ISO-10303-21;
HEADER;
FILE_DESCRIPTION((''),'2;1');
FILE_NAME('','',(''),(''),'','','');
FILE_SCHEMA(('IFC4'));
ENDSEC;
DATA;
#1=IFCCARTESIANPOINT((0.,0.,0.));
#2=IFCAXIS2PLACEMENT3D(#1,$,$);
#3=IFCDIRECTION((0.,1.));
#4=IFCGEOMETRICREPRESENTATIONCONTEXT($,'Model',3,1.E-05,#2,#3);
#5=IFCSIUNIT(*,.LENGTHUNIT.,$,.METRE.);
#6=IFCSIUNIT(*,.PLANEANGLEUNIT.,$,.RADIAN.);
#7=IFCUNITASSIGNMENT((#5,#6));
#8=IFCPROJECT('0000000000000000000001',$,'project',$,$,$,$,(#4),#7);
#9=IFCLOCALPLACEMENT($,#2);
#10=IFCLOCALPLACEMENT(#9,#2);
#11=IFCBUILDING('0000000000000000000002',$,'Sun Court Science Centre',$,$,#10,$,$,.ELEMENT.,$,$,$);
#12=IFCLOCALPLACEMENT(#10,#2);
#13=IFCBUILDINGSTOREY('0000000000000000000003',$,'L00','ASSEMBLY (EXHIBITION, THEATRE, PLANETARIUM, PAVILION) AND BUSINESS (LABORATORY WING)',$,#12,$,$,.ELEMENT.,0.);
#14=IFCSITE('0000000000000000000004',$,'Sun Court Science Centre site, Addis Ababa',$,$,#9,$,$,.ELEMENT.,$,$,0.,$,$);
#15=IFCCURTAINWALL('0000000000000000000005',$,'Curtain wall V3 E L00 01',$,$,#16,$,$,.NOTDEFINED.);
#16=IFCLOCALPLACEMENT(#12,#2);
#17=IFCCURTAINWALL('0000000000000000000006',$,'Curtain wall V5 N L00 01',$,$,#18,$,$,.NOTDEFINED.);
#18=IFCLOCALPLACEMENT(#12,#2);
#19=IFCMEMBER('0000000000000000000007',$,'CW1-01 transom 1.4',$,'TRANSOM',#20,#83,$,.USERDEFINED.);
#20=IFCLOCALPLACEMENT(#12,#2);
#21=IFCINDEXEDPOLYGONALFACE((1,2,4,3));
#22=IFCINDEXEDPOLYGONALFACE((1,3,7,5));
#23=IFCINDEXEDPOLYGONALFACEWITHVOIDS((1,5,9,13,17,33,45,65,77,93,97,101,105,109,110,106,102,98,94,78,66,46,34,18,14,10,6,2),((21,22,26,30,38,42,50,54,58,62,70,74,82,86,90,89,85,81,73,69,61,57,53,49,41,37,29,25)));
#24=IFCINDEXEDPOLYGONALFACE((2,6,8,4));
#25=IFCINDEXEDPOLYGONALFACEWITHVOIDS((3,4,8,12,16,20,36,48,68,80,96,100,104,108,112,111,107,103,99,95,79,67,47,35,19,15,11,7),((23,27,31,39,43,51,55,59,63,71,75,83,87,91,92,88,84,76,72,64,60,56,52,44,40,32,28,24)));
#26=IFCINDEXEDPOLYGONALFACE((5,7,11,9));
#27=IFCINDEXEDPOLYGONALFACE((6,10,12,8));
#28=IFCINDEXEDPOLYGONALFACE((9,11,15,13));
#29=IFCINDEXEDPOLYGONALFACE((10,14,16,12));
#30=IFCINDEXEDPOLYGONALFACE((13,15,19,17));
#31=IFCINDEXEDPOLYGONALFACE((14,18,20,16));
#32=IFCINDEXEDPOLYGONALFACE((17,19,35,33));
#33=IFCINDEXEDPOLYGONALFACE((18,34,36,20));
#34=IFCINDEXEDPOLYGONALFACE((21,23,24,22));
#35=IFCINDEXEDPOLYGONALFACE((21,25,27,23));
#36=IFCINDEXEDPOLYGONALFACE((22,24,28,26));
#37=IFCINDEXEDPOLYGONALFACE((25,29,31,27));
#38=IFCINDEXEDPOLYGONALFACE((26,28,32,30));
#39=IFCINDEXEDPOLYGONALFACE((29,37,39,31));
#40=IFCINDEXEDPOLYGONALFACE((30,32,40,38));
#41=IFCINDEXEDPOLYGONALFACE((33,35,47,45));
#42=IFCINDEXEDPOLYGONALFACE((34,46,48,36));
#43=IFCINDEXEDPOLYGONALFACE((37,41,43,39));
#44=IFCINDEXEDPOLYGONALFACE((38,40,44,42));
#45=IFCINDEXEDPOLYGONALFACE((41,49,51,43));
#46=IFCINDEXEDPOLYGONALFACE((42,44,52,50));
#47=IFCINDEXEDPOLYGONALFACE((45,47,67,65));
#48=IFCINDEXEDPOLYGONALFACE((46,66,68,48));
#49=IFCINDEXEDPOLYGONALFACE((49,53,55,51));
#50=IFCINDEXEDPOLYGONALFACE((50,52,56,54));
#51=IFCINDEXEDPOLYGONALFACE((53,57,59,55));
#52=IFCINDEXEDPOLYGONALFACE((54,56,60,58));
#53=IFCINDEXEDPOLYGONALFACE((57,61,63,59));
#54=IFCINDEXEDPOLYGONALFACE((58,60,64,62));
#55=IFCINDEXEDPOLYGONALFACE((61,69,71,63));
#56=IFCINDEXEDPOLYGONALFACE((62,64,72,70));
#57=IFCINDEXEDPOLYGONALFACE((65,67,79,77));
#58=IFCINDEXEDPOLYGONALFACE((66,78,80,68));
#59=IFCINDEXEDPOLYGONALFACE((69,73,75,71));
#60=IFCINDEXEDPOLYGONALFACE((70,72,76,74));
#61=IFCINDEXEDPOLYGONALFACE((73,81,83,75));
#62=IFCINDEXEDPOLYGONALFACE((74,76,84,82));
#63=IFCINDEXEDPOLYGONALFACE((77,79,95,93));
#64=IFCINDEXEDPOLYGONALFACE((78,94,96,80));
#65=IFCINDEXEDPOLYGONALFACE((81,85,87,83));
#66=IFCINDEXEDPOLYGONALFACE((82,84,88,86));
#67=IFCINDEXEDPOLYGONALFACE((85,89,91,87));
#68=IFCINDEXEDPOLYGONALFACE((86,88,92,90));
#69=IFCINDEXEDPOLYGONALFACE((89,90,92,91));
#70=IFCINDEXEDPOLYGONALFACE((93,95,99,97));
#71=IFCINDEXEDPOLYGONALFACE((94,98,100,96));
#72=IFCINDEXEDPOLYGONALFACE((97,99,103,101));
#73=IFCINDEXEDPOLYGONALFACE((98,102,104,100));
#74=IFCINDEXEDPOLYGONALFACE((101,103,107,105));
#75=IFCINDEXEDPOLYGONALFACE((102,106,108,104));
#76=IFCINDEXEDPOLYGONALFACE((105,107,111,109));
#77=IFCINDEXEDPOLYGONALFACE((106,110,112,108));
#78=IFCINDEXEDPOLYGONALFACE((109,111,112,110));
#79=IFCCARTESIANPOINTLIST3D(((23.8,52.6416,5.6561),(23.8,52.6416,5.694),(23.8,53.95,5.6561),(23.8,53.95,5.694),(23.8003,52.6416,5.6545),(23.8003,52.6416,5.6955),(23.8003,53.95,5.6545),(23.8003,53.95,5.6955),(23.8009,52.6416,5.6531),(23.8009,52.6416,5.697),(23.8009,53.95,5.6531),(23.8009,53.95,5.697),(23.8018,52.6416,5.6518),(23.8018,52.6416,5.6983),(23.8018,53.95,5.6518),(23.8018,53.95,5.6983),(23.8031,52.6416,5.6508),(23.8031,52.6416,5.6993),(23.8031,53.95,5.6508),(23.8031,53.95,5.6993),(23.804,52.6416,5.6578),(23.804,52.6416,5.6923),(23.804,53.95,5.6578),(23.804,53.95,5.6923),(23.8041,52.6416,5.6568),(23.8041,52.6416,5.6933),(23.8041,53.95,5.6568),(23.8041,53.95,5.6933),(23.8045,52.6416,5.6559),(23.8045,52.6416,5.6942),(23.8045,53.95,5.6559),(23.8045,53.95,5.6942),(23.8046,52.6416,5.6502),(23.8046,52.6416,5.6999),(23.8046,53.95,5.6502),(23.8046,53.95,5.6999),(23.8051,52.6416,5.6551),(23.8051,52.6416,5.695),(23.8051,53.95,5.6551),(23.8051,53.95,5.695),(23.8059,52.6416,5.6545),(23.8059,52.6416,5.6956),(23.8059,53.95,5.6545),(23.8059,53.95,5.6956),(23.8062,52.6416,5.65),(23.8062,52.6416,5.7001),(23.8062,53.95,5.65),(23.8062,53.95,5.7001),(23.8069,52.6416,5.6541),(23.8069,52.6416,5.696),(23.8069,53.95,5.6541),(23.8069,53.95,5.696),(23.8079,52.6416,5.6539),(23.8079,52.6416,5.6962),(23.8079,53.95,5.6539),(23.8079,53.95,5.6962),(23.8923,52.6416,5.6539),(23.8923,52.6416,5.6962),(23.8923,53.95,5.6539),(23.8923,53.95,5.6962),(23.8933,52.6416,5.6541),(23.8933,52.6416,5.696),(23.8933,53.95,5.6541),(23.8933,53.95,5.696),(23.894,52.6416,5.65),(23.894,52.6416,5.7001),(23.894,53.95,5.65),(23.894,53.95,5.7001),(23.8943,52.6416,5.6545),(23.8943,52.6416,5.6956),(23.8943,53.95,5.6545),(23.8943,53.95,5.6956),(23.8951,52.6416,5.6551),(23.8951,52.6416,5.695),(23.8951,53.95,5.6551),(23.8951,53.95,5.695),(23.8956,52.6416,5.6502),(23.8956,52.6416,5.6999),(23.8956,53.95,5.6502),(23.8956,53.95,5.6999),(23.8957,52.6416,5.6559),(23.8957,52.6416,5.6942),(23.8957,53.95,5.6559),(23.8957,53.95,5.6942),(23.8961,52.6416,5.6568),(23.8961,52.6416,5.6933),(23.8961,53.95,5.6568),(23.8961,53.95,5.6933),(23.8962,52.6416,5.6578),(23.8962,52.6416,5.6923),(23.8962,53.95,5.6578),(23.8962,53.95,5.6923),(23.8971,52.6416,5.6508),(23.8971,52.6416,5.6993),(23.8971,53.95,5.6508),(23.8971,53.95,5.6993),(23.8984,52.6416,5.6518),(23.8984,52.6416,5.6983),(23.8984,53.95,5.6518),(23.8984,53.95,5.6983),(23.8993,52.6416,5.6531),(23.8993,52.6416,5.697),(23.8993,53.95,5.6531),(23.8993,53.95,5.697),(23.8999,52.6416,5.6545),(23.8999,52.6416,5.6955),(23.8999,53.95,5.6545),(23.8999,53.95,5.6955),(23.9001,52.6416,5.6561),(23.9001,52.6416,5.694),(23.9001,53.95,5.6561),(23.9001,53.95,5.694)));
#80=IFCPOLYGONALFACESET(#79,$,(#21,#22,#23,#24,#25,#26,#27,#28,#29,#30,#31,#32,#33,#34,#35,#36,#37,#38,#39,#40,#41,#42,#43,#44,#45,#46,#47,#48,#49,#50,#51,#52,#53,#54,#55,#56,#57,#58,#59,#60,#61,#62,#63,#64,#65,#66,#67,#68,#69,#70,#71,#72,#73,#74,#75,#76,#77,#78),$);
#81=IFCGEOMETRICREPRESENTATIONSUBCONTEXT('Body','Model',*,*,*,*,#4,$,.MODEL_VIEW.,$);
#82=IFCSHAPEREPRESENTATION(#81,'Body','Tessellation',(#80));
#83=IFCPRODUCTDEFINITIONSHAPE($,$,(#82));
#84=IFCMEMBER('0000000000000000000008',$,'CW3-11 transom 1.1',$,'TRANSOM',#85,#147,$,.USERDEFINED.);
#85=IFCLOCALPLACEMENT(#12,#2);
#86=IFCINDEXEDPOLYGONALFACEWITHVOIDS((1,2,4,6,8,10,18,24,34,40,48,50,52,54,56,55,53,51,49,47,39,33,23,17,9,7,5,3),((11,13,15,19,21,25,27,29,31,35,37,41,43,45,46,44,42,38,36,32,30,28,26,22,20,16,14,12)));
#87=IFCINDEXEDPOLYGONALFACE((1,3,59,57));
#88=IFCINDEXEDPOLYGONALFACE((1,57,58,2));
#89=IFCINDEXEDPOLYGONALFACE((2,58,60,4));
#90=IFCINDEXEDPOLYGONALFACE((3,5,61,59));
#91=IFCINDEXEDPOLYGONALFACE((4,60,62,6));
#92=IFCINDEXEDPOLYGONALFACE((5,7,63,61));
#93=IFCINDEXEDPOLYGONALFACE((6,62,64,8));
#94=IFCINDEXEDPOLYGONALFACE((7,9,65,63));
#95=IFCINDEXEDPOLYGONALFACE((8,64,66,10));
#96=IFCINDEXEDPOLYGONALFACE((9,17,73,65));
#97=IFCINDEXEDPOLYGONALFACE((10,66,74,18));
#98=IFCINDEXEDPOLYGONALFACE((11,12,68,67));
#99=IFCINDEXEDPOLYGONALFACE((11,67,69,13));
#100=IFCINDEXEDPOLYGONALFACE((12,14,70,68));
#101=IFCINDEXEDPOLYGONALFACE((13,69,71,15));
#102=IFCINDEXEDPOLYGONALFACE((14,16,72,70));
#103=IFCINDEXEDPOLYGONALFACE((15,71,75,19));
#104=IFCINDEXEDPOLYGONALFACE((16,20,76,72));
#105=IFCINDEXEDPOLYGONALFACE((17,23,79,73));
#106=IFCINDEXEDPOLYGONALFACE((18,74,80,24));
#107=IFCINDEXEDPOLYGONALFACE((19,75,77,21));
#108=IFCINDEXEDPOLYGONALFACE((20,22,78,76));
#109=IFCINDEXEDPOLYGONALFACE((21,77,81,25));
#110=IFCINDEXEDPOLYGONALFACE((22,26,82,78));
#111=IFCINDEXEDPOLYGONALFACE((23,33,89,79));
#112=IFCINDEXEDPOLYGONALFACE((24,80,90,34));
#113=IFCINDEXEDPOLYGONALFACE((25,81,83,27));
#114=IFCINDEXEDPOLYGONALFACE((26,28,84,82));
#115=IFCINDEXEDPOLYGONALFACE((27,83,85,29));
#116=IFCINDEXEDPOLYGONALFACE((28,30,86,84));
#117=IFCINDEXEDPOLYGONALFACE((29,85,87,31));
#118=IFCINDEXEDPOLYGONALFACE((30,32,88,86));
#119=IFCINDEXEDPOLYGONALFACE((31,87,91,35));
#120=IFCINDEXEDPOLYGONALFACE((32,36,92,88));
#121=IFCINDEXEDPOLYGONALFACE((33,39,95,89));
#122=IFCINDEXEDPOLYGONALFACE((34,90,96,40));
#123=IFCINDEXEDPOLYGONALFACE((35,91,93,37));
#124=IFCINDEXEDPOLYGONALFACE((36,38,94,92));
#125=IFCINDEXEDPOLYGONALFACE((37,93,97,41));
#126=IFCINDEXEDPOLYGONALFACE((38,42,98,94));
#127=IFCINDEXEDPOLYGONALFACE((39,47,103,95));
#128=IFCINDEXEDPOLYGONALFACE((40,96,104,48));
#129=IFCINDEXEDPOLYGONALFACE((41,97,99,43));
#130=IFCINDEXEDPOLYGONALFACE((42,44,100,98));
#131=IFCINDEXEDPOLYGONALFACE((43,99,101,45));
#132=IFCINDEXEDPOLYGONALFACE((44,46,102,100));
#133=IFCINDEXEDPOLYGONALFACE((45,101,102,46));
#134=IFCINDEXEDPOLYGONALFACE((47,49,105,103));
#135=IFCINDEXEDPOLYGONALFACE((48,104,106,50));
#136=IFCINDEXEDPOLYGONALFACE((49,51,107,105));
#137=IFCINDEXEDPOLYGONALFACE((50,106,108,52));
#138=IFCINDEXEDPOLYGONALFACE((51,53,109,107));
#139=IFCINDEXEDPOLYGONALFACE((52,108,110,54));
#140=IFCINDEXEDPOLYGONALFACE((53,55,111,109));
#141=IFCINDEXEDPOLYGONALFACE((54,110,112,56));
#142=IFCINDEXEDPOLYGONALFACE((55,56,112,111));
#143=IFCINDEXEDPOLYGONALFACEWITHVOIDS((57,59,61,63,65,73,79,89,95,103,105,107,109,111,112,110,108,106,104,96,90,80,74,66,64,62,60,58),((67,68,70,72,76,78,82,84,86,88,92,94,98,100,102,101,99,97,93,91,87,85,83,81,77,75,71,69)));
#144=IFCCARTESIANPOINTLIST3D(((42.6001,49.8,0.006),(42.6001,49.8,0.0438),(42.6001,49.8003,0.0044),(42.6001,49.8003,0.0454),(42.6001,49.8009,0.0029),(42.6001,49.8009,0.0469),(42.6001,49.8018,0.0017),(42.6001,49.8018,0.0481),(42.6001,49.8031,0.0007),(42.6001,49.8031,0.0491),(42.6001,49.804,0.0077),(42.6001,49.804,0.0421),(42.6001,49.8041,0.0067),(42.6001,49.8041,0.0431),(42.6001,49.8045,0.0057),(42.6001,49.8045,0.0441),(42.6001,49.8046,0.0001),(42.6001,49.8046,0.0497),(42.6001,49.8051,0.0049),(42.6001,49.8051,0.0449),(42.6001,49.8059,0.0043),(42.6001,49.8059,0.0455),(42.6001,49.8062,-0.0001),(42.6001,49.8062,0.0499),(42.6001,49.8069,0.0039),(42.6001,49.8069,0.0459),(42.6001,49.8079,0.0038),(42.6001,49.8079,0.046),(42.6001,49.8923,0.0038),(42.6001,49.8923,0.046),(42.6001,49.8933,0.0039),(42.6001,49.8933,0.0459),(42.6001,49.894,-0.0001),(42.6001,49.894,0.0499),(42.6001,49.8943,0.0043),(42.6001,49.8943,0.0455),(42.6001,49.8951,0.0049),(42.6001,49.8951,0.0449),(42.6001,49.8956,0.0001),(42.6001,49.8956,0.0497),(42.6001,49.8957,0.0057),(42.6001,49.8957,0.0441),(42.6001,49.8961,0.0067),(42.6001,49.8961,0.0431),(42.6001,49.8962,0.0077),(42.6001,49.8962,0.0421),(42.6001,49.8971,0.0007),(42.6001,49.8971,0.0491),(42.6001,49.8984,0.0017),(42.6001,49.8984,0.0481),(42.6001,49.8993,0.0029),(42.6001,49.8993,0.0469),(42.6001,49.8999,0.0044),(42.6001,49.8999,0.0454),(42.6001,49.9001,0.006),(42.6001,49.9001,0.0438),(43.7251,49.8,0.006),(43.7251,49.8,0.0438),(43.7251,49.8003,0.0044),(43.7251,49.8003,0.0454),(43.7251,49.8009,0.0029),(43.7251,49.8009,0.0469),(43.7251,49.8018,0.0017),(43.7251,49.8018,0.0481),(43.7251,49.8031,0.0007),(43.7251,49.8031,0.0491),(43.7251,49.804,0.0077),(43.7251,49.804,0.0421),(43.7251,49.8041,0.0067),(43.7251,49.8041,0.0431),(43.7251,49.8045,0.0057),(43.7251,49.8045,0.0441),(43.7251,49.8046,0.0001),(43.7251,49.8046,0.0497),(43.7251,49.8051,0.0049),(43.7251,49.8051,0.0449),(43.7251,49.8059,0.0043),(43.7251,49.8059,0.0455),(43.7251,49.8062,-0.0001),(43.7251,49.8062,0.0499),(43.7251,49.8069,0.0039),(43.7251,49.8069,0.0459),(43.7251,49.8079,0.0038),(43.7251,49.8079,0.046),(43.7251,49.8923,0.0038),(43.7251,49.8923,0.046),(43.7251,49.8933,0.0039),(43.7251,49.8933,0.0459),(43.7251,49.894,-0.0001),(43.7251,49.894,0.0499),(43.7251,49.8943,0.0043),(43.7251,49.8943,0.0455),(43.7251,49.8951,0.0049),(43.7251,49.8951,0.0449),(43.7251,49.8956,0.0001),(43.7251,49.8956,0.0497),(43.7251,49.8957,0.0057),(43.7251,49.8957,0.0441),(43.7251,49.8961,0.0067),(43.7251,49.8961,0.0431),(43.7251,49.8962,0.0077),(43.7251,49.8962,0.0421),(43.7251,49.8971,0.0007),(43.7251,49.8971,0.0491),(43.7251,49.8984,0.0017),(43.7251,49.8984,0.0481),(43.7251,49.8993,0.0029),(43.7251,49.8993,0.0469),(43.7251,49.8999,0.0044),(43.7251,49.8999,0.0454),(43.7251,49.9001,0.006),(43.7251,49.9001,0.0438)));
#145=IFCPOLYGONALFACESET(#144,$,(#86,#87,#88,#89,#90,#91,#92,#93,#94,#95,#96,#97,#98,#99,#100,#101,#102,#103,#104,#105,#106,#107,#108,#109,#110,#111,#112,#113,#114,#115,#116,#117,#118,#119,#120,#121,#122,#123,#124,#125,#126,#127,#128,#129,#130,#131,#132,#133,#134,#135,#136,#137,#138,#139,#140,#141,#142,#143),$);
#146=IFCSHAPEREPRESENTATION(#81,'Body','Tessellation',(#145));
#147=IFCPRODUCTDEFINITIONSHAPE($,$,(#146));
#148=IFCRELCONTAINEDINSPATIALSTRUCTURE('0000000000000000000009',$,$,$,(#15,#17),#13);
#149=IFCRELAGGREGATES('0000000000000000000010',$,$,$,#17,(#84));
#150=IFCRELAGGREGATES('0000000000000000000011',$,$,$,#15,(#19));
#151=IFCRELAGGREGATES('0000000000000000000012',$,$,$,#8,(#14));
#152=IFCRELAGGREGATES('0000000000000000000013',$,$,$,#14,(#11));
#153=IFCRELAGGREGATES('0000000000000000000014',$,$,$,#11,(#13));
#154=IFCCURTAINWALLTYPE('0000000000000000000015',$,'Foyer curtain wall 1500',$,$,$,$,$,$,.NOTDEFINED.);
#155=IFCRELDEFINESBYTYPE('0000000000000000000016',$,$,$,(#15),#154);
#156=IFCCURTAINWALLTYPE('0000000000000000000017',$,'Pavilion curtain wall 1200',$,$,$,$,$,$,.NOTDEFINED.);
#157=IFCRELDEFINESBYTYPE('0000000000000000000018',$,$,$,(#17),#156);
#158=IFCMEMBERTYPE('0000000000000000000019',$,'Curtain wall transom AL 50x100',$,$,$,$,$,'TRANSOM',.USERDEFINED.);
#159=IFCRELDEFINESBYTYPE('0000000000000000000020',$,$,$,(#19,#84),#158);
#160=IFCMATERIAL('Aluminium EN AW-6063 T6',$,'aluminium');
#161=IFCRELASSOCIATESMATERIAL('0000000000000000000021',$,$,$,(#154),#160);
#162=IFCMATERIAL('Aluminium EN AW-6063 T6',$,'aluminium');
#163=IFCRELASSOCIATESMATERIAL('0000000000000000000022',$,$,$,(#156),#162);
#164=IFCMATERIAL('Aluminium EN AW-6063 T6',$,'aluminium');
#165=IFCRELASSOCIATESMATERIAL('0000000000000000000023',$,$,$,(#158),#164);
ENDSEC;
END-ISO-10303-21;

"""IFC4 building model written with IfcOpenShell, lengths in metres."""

from ifc_helpers import new_model, si_unit, direction, frame, origin, origin_2d, place, context, subcontext, project, spatial, hollow_rectangle, extrude, material, material_profile, profile_set, type_object, element, aggregate, save


model = new_model("IFC4")

# Units and contexts
model_context = context("Model", 3, precision=1e-05, world=origin(), true_north=direction((0.0, 1.0)))
body_context = subcontext(model_context, "Body", "Model", "MODEL_VIEW")
ifc_project = project(units=[si_unit("LENGTHUNIT", "METRE"), si_unit("PLANEANGLEUNIT", "RADIAN")], contexts=[model_context])

# Site, building, storey
site_placement = place(None, origin())
site = spatial("IfcSite", under=ifc_project, at=site_placement, Name="Sun Court Science Centre site, Addis Ababa", CompositionType="ELEMENT", RefElevation=0.0)
building_placement = place(site_placement, origin())
building = spatial("IfcBuilding", under=site, at=building_placement, Name="Sun Court Science Centre", CompositionType="ELEMENT")
storey_placement = place(building_placement, origin())
storey = spatial("IfcBuildingStorey", under=building, at=storey_placement, Name="L00", Description="ASSEMBLY (EXHIBITION, THEATRE, PLANETARIUM, PAVILION) AND BUSINESS (LABORATORY WING)", CompositionType="ELEMENT", Elevation=0.0)

# Curtain wall
ifc_material_1 = material(Name="Aluminium EN AW-6063 T6", Category="aluminium")
curtain_wall_type_1 = type_object("IfcCurtainWallType", Name="Foyer curtain wall 1500", PredefinedType="NOTDEFINED", material=ifc_material_1)
curtain_wall_1_placement = place(storey_placement, origin())
curtain_wall_1 = element("IfcCurtainWall", 1, at=curtain_wall_1_placement, inside=storey, type_object=curtain_wall_type_1, Name="Curtain wall V3 E L00 01", PredefinedType="NOTDEFINED")

# Curtain wall
ifc_material_2 = material(Name="Aluminium EN AW-6063 T6", Category="aluminium")
curtain_wall_type_2 = type_object("IfcCurtainWallType", Name="Pavilion curtain wall 1200", PredefinedType="NOTDEFINED", material=ifc_material_2)
curtain_wall_2_placement = place(storey_placement, origin())
curtain_wall_2 = element("IfcCurtainWall", 2, at=curtain_wall_2_placement, inside=storey, type_object=curtain_wall_type_2, Name="Curtain wall V5 N L00 01", PredefinedType="NOTDEFINED")

# Members
ifc_material_3 = material(Name="Aluminium EN AW-6063 T6", Category="aluminium")
ifc_material_profile_1 = material_profile(ifc_material_3, hollow_rectangle(XDim=0.05, YDim=0.1001, WallThickness=0.0039, InnerFilletRadius=0.0039, OuterFilletRadius=0.0061, at=origin_2d()), Name="AL 50x100x4")
ifc_profile_set_1 = profile_set([ifc_material_profile_1], Name="Aluminium EN AW-6063 T6")
member_type_1 = type_object("IfcMemberType", Name="Curtain wall transom AL 50x100", ElementType="TRANSOM", PredefinedType="USERDEFINED", material=ifc_profile_set_1)
member_1_placement = place(storey_placement, frame((23.8501, 53.95, 5.675), z_axis=(0.0, -1.0, 0.0), x_axis=(0.0, 0.0, 1.0)))
member_1 = element("IfcMember", 3, at=member_1_placement, type_object=member_type_1, Name="CW1-01 transom 1.4", ObjectType="TRANSOM", PredefinedType="USERDEFINED", context=body_context, shape_type="SweptSolid", body=[
    extrude(hollow_rectangle(XDim=0.05, YDim=0.1001, WallThickness=0.0039, InnerFilletRadius=0.0039, OuterFilletRadius=0.0061, at=origin_2d()), origin(), (0.0, 0.0, 1.0), 1.3083),
])
member_2_placement = place(storey_placement, frame((42.6001, 49.8501, 0.0249), z_axis=(1.0, 0.0, 0.0), x_axis=(0.0, 0.0, 1.0)))
member_2 = element("IfcMember", 4, at=member_2_placement, type_object=member_type_1, Name="CW3-11 transom 1.1", ObjectType="TRANSOM", PredefinedType="USERDEFINED", context=body_context, shape_type="SweptSolid", body=[
    extrude(hollow_rectangle(XDim=0.05, YDim=0.1001, WallThickness=0.0039, InnerFilletRadius=0.0039, OuterFilletRadius=0.0061, at=origin_2d()), origin(), (0.0, 0.0, 1.0), 1.125),
])
aggregate(curtain_wall_2, [member_2])

aggregate(curtain_wall_1, [member_1])

save(model, "model.ifc")
